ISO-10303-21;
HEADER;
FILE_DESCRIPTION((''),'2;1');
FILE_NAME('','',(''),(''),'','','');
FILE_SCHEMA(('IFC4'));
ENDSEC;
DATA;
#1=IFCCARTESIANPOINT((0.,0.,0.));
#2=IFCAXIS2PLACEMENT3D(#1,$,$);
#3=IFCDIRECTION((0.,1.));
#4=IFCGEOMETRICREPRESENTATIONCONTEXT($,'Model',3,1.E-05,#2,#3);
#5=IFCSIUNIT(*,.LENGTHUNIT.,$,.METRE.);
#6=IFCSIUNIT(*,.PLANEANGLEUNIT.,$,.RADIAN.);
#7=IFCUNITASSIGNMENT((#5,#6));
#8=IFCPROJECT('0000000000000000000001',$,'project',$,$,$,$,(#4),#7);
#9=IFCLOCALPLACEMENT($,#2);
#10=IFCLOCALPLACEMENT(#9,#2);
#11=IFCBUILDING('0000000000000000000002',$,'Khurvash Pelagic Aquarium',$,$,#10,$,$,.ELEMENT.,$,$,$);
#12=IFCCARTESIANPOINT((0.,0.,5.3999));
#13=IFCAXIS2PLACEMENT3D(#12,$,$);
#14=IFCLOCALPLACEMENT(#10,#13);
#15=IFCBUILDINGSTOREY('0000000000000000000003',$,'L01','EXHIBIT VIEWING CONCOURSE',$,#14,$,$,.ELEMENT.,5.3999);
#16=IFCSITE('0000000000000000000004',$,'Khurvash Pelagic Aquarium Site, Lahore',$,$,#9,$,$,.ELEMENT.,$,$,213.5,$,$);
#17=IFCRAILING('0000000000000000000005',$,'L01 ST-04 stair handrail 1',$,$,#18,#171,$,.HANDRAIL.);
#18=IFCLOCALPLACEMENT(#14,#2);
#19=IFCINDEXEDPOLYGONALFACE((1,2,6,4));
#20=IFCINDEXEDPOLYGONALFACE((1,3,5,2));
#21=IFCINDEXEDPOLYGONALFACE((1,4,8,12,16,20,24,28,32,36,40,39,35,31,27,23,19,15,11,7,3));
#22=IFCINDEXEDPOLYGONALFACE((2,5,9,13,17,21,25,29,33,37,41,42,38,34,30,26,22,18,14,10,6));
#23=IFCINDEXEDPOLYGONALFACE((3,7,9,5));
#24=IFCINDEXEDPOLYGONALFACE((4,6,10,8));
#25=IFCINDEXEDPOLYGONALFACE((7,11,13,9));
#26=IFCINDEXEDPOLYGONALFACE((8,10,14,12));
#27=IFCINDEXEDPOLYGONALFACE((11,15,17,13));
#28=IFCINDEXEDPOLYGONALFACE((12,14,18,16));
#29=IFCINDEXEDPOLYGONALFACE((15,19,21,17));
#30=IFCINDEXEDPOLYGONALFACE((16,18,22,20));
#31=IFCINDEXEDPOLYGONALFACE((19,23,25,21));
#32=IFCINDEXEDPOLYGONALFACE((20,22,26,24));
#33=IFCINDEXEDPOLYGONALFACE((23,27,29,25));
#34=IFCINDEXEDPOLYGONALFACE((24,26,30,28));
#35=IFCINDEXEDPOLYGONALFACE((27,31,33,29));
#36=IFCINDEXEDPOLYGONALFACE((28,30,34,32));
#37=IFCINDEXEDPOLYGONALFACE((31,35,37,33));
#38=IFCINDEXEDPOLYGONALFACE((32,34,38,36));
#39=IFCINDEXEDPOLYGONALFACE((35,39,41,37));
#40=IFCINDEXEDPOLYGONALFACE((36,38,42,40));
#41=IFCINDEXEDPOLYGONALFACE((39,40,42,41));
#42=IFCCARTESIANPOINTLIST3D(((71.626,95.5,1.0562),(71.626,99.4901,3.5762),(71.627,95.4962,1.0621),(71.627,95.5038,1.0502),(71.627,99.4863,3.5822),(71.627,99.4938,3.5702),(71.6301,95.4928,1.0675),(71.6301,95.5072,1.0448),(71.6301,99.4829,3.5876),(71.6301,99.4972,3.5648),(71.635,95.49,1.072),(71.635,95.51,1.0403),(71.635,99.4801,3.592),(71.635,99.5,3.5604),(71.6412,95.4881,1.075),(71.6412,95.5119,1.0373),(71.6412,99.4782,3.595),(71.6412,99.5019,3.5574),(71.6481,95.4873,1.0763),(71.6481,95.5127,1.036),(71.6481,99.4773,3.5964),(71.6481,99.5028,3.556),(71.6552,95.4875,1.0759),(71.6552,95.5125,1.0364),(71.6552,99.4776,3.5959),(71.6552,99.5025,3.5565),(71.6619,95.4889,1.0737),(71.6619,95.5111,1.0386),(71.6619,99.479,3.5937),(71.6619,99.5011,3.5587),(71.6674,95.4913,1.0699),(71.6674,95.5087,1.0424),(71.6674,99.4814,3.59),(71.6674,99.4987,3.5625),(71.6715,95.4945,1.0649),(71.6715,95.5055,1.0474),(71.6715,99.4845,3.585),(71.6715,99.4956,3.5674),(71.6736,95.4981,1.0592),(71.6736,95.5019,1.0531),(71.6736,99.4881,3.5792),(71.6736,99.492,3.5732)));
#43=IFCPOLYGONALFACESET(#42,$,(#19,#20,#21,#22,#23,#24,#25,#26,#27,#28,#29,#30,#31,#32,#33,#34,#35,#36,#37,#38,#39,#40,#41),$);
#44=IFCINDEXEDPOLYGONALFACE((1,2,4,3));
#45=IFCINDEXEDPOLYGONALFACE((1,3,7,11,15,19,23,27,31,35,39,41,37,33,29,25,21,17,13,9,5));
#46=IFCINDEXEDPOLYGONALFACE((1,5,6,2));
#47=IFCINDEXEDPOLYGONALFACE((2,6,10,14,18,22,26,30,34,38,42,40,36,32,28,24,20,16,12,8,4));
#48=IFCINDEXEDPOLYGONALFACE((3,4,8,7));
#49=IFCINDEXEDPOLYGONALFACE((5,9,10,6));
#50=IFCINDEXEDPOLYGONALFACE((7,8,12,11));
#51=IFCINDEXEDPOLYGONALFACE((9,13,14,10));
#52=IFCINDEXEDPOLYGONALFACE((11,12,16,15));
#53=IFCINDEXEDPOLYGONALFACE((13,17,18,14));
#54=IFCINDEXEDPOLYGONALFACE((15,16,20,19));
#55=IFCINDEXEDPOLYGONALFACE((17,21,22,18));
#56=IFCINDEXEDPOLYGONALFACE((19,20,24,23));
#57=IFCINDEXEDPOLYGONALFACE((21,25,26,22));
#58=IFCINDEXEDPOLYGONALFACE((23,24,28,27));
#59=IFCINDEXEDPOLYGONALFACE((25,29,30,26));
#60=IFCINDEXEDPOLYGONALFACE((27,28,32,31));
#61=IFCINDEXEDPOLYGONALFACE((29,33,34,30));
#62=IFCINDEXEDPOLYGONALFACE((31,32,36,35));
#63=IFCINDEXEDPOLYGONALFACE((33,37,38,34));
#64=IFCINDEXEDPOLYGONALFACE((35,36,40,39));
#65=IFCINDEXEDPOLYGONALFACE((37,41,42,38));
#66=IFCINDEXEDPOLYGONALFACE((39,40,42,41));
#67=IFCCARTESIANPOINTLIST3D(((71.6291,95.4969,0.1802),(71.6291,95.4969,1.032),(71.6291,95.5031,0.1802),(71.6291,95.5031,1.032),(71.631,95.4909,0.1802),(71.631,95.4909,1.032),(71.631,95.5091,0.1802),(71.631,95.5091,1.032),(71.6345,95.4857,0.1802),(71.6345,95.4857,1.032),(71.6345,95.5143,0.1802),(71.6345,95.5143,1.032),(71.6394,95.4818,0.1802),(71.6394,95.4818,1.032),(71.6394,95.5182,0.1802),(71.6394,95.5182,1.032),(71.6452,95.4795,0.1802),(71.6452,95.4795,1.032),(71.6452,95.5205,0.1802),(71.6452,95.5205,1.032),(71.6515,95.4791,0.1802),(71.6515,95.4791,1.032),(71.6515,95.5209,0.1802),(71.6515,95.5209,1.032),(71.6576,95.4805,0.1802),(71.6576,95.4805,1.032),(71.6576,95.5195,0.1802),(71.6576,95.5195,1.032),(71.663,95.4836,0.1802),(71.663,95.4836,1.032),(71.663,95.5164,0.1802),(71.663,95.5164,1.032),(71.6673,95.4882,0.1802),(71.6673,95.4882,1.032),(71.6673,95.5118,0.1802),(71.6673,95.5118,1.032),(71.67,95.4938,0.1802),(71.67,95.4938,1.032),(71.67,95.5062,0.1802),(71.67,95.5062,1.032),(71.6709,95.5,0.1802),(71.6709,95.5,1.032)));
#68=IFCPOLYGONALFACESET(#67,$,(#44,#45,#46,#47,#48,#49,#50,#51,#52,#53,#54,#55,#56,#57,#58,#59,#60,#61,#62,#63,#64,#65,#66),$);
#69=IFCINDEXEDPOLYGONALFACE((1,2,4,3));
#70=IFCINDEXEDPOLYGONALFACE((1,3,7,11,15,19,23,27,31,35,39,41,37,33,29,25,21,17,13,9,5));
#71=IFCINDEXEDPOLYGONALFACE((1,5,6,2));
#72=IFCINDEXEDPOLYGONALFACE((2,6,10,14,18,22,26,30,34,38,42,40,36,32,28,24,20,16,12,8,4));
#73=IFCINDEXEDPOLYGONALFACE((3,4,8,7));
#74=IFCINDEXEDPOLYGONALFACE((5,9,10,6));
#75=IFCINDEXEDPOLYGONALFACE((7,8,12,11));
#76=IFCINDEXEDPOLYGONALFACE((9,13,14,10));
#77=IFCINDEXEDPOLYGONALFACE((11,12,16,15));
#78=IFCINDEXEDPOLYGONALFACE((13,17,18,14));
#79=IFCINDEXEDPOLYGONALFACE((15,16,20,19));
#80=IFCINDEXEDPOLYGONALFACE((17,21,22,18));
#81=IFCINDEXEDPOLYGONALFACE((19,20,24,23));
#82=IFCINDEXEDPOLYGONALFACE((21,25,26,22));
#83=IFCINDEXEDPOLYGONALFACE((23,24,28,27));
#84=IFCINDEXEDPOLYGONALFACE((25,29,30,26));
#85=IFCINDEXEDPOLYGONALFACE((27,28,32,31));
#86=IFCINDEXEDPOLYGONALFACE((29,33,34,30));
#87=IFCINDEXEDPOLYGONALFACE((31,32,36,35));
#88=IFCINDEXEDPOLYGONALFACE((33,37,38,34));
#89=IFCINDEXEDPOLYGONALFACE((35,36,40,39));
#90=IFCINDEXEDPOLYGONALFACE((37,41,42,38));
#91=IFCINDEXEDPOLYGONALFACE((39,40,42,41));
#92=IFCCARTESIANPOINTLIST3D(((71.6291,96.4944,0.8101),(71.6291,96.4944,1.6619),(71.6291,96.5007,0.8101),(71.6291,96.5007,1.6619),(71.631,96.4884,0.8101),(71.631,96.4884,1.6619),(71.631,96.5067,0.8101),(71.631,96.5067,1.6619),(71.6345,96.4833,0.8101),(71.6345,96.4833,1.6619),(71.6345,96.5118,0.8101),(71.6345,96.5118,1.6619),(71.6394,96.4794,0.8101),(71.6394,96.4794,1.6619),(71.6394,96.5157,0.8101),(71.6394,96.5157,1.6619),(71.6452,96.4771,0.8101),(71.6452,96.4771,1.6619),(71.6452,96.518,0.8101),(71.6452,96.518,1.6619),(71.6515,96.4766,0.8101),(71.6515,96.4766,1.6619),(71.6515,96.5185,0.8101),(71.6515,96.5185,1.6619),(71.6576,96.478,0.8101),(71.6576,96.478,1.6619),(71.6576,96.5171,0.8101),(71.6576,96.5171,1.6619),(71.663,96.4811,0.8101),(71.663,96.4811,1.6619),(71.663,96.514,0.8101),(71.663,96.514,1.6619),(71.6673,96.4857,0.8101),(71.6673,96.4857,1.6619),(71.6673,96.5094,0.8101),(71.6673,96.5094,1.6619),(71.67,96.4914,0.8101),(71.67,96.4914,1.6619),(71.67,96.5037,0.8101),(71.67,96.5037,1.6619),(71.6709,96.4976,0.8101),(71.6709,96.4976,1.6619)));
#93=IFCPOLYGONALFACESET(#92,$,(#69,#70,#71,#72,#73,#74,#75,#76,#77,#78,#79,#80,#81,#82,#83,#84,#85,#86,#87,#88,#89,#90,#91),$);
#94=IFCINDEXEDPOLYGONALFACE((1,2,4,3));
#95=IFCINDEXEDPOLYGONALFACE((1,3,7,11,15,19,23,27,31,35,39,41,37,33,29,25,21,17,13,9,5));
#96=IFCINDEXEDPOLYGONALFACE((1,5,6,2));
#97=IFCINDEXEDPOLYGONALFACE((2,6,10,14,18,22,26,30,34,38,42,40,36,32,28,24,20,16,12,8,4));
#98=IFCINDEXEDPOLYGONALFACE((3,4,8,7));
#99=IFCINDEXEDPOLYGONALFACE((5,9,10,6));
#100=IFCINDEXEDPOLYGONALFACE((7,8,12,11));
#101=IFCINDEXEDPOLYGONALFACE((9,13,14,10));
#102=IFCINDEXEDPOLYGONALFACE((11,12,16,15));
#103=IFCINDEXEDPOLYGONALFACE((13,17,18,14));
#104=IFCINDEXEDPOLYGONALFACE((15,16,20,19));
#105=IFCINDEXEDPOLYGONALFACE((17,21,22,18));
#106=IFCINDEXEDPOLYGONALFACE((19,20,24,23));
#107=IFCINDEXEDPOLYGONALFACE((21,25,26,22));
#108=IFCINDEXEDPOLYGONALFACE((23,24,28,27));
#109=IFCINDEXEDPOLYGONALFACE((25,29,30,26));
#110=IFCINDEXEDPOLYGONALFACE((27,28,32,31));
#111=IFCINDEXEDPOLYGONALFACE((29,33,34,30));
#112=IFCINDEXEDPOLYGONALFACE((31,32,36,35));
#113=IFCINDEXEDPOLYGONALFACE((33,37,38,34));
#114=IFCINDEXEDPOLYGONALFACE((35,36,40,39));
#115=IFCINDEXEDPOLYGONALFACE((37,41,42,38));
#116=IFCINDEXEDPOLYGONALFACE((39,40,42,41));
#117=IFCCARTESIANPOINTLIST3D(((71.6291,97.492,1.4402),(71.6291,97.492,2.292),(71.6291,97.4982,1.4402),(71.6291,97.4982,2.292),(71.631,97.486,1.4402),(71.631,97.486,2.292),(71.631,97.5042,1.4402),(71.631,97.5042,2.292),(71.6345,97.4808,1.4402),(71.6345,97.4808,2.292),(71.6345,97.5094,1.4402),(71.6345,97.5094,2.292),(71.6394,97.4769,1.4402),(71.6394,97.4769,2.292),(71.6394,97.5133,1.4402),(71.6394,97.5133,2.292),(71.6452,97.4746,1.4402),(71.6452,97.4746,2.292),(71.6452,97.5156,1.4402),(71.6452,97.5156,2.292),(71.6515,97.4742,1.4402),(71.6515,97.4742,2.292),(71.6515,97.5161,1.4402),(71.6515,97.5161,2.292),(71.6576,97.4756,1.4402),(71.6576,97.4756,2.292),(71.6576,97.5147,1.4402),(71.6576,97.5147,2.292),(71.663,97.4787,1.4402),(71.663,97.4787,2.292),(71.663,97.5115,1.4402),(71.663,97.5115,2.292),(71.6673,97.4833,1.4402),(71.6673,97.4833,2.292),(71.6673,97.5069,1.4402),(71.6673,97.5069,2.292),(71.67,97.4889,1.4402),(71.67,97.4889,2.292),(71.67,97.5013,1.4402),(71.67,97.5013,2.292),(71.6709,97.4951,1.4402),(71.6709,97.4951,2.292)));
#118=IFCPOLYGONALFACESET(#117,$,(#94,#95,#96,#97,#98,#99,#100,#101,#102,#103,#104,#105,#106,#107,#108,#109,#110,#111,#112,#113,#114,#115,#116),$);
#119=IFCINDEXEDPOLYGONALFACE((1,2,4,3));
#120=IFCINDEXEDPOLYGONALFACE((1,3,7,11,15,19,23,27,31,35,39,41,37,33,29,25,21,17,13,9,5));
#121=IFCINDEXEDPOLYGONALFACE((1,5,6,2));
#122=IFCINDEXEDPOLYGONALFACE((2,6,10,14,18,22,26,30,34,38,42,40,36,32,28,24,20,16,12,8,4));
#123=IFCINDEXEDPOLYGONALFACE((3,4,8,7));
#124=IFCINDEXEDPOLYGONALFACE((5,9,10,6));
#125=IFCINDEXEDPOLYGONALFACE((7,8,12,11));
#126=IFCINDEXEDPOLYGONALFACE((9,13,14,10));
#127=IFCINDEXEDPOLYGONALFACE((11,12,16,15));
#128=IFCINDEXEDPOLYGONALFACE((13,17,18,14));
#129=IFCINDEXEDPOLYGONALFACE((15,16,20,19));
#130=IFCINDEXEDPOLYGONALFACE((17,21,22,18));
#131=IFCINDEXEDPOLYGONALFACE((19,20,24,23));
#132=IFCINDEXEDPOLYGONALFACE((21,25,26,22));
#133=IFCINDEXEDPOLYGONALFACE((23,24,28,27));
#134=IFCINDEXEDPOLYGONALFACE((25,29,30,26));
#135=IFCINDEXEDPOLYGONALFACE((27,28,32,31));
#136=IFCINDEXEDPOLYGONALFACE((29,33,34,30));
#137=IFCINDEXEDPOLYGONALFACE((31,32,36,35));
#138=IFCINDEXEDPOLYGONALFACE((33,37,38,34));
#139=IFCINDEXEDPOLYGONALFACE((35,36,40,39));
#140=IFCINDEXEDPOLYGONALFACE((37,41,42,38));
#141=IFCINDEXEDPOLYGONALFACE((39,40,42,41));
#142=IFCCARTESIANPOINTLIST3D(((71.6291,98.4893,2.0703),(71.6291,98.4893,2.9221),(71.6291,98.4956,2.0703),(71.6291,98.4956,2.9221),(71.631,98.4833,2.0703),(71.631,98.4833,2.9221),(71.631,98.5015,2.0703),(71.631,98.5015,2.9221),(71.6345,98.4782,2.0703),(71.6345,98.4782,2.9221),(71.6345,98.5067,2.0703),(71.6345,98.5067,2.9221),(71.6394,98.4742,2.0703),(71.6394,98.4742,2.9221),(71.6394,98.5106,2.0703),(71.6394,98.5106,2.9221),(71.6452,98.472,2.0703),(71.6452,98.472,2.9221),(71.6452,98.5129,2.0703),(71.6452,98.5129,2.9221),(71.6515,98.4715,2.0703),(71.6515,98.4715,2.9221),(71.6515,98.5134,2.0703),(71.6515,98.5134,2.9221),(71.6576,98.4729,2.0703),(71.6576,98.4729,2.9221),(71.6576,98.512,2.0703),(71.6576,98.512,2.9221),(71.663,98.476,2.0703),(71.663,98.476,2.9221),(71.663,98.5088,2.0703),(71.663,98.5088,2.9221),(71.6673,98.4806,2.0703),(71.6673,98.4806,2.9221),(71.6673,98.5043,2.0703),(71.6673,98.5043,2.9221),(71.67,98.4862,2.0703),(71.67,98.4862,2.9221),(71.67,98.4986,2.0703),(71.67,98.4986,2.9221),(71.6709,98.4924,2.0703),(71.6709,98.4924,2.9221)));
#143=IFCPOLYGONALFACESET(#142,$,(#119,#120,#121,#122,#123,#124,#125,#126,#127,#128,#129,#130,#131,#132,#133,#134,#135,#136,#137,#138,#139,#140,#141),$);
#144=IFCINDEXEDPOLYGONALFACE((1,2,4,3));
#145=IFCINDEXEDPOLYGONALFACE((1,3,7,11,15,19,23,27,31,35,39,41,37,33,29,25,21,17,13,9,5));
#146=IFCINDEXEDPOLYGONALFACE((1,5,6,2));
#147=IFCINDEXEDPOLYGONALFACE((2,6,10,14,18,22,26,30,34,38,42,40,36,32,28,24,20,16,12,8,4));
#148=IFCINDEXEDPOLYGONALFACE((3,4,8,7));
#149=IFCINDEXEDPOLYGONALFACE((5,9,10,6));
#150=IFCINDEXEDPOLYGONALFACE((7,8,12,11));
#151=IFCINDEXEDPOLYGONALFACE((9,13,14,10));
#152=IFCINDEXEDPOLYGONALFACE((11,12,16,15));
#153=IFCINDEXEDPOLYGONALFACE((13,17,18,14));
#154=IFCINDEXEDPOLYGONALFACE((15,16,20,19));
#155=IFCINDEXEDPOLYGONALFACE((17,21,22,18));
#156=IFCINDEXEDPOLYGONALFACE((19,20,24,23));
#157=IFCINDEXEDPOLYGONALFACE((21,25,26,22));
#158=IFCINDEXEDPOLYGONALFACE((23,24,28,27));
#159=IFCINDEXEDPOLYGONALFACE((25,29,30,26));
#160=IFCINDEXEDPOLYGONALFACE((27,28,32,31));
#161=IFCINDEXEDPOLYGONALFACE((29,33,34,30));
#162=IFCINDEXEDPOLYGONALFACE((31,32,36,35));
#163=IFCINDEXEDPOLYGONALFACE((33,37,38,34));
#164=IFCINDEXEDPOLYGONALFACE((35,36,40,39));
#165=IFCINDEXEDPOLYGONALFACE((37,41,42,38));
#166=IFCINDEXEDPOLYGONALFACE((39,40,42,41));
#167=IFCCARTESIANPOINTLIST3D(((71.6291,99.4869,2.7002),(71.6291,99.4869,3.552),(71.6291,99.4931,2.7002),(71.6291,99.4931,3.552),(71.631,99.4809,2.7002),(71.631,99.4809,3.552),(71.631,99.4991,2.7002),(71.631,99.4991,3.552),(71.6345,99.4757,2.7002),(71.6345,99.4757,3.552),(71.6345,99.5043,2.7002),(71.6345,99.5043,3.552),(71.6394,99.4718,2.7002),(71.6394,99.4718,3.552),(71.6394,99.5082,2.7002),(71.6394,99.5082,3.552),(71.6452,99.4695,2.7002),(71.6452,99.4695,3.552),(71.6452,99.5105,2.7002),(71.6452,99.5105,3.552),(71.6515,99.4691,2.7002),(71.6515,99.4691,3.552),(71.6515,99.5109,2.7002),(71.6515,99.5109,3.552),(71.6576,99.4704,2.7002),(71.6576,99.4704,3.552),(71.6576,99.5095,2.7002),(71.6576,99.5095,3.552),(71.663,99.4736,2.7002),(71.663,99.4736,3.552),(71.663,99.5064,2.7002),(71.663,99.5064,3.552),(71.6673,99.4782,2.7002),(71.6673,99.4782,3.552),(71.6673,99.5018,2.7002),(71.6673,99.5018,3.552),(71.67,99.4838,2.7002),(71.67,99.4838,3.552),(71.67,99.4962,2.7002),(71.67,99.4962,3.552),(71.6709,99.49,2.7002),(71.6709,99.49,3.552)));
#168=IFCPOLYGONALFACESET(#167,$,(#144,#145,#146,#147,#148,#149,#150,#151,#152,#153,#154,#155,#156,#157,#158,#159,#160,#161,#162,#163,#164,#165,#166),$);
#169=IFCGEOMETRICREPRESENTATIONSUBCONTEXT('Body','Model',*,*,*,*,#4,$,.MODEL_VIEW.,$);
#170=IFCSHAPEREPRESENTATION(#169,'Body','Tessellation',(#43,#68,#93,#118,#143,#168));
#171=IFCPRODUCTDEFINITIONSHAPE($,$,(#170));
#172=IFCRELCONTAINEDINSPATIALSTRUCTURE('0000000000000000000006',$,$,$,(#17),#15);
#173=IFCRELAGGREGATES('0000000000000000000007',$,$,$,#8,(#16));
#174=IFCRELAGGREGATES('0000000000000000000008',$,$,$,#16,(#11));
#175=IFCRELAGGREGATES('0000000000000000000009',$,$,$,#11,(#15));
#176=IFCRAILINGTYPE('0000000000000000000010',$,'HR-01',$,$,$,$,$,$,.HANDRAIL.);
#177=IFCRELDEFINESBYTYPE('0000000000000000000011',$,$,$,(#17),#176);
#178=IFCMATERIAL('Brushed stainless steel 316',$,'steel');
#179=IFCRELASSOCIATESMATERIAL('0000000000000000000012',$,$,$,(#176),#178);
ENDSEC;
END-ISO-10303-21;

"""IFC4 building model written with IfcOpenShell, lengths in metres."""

from ifc_helpers import new_model, si_unit, direction, frame, origin, origin_2d, place, context, subcontext, project, spatial, circle, extrude, material, type_object, element, save


model = new_model("IFC4")

# Units and contexts
model_context = context("Model", 3, precision=1e-05, world=origin(), true_north=direction((0.0, 1.0)))
body_context = subcontext(model_context, "Body", "Model", "MODEL_VIEW")
ifc_project = project(units=[si_unit("LENGTHUNIT", "METRE"), si_unit("PLANEANGLEUNIT", "RADIAN")], contexts=[model_context])

# Site, building, storey
site_placement = place(None, origin())
site = spatial("IfcSite", under=ifc_project, at=site_placement, Name="Khurvash Pelagic Aquarium Site, Lahore", CompositionType="ELEMENT", RefElevation=213.5)
building_placement = place(site_placement, origin())
building = spatial("IfcBuilding", under=site, at=building_placement, Name="Khurvash Pelagic Aquarium", CompositionType="ELEMENT")
storey_placement = place(building_placement, frame((0.0, 0.0, 5.3999)))
storey = spatial("IfcBuildingStorey", under=building, at=storey_placement, Name="L01", Description="EXHIBIT VIEWING CONCOURSE", CompositionType="ELEMENT", Elevation=5.3999)

# Railing
ifc_material_1 = material(Name="Brushed stainless steel 316", Category="steel")
railing_type_1 = type_object("IfcRailingType", Name="HR-01", PredefinedType="HANDRAIL", material=ifc_material_1)
railing_1_placement = place(storey_placement, frame((71.6499, 95.5, 0.1802)))
element("IfcRailing", 1, at=railing_1_placement, inside=storey, type_object=railing_type_1, Name="L01 ST-04 stair handrail 1", PredefinedType="HANDRAIL", context=body_context, shape_type="SweptSolid", body=[
    extrude(circle(Radius=0.0239, at=origin_2d()), frame((0.0, 0.0, 0.876), z_axis=(0.0, 0.845486, 0.533997), x_axis=(-1.0, 0.0, 0.0)), (0.0, 0.0, 1.0), 4.7192),
    extrude(circle(Radius=0.021, at=origin_2d()), origin(), (0.0, 0.0, 1.0), 0.8518),
    extrude(circle(Radius=0.021, at=origin_2d()), frame((0.0, 0.9976, 0.6299)), (0.0, 0.0, 1.0), 0.8518),
    extrude(circle(Radius=0.021, at=origin_2d()), frame((0.0, 1.9951, 1.26)), (0.0, 0.0, 1.0), 0.8518),
    extrude(circle(Radius=0.021, at=origin_2d()), frame((0.0, 2.9924, 1.8901)), (0.0, 0.0, 1.0), 0.8518),
    extrude(circle(Radius=0.021, at=origin_2d()), frame((0.0, 3.99, 2.52)), (0.0, 0.0, 1.0), 0.8518),
])

save(model, "model.ifc")
